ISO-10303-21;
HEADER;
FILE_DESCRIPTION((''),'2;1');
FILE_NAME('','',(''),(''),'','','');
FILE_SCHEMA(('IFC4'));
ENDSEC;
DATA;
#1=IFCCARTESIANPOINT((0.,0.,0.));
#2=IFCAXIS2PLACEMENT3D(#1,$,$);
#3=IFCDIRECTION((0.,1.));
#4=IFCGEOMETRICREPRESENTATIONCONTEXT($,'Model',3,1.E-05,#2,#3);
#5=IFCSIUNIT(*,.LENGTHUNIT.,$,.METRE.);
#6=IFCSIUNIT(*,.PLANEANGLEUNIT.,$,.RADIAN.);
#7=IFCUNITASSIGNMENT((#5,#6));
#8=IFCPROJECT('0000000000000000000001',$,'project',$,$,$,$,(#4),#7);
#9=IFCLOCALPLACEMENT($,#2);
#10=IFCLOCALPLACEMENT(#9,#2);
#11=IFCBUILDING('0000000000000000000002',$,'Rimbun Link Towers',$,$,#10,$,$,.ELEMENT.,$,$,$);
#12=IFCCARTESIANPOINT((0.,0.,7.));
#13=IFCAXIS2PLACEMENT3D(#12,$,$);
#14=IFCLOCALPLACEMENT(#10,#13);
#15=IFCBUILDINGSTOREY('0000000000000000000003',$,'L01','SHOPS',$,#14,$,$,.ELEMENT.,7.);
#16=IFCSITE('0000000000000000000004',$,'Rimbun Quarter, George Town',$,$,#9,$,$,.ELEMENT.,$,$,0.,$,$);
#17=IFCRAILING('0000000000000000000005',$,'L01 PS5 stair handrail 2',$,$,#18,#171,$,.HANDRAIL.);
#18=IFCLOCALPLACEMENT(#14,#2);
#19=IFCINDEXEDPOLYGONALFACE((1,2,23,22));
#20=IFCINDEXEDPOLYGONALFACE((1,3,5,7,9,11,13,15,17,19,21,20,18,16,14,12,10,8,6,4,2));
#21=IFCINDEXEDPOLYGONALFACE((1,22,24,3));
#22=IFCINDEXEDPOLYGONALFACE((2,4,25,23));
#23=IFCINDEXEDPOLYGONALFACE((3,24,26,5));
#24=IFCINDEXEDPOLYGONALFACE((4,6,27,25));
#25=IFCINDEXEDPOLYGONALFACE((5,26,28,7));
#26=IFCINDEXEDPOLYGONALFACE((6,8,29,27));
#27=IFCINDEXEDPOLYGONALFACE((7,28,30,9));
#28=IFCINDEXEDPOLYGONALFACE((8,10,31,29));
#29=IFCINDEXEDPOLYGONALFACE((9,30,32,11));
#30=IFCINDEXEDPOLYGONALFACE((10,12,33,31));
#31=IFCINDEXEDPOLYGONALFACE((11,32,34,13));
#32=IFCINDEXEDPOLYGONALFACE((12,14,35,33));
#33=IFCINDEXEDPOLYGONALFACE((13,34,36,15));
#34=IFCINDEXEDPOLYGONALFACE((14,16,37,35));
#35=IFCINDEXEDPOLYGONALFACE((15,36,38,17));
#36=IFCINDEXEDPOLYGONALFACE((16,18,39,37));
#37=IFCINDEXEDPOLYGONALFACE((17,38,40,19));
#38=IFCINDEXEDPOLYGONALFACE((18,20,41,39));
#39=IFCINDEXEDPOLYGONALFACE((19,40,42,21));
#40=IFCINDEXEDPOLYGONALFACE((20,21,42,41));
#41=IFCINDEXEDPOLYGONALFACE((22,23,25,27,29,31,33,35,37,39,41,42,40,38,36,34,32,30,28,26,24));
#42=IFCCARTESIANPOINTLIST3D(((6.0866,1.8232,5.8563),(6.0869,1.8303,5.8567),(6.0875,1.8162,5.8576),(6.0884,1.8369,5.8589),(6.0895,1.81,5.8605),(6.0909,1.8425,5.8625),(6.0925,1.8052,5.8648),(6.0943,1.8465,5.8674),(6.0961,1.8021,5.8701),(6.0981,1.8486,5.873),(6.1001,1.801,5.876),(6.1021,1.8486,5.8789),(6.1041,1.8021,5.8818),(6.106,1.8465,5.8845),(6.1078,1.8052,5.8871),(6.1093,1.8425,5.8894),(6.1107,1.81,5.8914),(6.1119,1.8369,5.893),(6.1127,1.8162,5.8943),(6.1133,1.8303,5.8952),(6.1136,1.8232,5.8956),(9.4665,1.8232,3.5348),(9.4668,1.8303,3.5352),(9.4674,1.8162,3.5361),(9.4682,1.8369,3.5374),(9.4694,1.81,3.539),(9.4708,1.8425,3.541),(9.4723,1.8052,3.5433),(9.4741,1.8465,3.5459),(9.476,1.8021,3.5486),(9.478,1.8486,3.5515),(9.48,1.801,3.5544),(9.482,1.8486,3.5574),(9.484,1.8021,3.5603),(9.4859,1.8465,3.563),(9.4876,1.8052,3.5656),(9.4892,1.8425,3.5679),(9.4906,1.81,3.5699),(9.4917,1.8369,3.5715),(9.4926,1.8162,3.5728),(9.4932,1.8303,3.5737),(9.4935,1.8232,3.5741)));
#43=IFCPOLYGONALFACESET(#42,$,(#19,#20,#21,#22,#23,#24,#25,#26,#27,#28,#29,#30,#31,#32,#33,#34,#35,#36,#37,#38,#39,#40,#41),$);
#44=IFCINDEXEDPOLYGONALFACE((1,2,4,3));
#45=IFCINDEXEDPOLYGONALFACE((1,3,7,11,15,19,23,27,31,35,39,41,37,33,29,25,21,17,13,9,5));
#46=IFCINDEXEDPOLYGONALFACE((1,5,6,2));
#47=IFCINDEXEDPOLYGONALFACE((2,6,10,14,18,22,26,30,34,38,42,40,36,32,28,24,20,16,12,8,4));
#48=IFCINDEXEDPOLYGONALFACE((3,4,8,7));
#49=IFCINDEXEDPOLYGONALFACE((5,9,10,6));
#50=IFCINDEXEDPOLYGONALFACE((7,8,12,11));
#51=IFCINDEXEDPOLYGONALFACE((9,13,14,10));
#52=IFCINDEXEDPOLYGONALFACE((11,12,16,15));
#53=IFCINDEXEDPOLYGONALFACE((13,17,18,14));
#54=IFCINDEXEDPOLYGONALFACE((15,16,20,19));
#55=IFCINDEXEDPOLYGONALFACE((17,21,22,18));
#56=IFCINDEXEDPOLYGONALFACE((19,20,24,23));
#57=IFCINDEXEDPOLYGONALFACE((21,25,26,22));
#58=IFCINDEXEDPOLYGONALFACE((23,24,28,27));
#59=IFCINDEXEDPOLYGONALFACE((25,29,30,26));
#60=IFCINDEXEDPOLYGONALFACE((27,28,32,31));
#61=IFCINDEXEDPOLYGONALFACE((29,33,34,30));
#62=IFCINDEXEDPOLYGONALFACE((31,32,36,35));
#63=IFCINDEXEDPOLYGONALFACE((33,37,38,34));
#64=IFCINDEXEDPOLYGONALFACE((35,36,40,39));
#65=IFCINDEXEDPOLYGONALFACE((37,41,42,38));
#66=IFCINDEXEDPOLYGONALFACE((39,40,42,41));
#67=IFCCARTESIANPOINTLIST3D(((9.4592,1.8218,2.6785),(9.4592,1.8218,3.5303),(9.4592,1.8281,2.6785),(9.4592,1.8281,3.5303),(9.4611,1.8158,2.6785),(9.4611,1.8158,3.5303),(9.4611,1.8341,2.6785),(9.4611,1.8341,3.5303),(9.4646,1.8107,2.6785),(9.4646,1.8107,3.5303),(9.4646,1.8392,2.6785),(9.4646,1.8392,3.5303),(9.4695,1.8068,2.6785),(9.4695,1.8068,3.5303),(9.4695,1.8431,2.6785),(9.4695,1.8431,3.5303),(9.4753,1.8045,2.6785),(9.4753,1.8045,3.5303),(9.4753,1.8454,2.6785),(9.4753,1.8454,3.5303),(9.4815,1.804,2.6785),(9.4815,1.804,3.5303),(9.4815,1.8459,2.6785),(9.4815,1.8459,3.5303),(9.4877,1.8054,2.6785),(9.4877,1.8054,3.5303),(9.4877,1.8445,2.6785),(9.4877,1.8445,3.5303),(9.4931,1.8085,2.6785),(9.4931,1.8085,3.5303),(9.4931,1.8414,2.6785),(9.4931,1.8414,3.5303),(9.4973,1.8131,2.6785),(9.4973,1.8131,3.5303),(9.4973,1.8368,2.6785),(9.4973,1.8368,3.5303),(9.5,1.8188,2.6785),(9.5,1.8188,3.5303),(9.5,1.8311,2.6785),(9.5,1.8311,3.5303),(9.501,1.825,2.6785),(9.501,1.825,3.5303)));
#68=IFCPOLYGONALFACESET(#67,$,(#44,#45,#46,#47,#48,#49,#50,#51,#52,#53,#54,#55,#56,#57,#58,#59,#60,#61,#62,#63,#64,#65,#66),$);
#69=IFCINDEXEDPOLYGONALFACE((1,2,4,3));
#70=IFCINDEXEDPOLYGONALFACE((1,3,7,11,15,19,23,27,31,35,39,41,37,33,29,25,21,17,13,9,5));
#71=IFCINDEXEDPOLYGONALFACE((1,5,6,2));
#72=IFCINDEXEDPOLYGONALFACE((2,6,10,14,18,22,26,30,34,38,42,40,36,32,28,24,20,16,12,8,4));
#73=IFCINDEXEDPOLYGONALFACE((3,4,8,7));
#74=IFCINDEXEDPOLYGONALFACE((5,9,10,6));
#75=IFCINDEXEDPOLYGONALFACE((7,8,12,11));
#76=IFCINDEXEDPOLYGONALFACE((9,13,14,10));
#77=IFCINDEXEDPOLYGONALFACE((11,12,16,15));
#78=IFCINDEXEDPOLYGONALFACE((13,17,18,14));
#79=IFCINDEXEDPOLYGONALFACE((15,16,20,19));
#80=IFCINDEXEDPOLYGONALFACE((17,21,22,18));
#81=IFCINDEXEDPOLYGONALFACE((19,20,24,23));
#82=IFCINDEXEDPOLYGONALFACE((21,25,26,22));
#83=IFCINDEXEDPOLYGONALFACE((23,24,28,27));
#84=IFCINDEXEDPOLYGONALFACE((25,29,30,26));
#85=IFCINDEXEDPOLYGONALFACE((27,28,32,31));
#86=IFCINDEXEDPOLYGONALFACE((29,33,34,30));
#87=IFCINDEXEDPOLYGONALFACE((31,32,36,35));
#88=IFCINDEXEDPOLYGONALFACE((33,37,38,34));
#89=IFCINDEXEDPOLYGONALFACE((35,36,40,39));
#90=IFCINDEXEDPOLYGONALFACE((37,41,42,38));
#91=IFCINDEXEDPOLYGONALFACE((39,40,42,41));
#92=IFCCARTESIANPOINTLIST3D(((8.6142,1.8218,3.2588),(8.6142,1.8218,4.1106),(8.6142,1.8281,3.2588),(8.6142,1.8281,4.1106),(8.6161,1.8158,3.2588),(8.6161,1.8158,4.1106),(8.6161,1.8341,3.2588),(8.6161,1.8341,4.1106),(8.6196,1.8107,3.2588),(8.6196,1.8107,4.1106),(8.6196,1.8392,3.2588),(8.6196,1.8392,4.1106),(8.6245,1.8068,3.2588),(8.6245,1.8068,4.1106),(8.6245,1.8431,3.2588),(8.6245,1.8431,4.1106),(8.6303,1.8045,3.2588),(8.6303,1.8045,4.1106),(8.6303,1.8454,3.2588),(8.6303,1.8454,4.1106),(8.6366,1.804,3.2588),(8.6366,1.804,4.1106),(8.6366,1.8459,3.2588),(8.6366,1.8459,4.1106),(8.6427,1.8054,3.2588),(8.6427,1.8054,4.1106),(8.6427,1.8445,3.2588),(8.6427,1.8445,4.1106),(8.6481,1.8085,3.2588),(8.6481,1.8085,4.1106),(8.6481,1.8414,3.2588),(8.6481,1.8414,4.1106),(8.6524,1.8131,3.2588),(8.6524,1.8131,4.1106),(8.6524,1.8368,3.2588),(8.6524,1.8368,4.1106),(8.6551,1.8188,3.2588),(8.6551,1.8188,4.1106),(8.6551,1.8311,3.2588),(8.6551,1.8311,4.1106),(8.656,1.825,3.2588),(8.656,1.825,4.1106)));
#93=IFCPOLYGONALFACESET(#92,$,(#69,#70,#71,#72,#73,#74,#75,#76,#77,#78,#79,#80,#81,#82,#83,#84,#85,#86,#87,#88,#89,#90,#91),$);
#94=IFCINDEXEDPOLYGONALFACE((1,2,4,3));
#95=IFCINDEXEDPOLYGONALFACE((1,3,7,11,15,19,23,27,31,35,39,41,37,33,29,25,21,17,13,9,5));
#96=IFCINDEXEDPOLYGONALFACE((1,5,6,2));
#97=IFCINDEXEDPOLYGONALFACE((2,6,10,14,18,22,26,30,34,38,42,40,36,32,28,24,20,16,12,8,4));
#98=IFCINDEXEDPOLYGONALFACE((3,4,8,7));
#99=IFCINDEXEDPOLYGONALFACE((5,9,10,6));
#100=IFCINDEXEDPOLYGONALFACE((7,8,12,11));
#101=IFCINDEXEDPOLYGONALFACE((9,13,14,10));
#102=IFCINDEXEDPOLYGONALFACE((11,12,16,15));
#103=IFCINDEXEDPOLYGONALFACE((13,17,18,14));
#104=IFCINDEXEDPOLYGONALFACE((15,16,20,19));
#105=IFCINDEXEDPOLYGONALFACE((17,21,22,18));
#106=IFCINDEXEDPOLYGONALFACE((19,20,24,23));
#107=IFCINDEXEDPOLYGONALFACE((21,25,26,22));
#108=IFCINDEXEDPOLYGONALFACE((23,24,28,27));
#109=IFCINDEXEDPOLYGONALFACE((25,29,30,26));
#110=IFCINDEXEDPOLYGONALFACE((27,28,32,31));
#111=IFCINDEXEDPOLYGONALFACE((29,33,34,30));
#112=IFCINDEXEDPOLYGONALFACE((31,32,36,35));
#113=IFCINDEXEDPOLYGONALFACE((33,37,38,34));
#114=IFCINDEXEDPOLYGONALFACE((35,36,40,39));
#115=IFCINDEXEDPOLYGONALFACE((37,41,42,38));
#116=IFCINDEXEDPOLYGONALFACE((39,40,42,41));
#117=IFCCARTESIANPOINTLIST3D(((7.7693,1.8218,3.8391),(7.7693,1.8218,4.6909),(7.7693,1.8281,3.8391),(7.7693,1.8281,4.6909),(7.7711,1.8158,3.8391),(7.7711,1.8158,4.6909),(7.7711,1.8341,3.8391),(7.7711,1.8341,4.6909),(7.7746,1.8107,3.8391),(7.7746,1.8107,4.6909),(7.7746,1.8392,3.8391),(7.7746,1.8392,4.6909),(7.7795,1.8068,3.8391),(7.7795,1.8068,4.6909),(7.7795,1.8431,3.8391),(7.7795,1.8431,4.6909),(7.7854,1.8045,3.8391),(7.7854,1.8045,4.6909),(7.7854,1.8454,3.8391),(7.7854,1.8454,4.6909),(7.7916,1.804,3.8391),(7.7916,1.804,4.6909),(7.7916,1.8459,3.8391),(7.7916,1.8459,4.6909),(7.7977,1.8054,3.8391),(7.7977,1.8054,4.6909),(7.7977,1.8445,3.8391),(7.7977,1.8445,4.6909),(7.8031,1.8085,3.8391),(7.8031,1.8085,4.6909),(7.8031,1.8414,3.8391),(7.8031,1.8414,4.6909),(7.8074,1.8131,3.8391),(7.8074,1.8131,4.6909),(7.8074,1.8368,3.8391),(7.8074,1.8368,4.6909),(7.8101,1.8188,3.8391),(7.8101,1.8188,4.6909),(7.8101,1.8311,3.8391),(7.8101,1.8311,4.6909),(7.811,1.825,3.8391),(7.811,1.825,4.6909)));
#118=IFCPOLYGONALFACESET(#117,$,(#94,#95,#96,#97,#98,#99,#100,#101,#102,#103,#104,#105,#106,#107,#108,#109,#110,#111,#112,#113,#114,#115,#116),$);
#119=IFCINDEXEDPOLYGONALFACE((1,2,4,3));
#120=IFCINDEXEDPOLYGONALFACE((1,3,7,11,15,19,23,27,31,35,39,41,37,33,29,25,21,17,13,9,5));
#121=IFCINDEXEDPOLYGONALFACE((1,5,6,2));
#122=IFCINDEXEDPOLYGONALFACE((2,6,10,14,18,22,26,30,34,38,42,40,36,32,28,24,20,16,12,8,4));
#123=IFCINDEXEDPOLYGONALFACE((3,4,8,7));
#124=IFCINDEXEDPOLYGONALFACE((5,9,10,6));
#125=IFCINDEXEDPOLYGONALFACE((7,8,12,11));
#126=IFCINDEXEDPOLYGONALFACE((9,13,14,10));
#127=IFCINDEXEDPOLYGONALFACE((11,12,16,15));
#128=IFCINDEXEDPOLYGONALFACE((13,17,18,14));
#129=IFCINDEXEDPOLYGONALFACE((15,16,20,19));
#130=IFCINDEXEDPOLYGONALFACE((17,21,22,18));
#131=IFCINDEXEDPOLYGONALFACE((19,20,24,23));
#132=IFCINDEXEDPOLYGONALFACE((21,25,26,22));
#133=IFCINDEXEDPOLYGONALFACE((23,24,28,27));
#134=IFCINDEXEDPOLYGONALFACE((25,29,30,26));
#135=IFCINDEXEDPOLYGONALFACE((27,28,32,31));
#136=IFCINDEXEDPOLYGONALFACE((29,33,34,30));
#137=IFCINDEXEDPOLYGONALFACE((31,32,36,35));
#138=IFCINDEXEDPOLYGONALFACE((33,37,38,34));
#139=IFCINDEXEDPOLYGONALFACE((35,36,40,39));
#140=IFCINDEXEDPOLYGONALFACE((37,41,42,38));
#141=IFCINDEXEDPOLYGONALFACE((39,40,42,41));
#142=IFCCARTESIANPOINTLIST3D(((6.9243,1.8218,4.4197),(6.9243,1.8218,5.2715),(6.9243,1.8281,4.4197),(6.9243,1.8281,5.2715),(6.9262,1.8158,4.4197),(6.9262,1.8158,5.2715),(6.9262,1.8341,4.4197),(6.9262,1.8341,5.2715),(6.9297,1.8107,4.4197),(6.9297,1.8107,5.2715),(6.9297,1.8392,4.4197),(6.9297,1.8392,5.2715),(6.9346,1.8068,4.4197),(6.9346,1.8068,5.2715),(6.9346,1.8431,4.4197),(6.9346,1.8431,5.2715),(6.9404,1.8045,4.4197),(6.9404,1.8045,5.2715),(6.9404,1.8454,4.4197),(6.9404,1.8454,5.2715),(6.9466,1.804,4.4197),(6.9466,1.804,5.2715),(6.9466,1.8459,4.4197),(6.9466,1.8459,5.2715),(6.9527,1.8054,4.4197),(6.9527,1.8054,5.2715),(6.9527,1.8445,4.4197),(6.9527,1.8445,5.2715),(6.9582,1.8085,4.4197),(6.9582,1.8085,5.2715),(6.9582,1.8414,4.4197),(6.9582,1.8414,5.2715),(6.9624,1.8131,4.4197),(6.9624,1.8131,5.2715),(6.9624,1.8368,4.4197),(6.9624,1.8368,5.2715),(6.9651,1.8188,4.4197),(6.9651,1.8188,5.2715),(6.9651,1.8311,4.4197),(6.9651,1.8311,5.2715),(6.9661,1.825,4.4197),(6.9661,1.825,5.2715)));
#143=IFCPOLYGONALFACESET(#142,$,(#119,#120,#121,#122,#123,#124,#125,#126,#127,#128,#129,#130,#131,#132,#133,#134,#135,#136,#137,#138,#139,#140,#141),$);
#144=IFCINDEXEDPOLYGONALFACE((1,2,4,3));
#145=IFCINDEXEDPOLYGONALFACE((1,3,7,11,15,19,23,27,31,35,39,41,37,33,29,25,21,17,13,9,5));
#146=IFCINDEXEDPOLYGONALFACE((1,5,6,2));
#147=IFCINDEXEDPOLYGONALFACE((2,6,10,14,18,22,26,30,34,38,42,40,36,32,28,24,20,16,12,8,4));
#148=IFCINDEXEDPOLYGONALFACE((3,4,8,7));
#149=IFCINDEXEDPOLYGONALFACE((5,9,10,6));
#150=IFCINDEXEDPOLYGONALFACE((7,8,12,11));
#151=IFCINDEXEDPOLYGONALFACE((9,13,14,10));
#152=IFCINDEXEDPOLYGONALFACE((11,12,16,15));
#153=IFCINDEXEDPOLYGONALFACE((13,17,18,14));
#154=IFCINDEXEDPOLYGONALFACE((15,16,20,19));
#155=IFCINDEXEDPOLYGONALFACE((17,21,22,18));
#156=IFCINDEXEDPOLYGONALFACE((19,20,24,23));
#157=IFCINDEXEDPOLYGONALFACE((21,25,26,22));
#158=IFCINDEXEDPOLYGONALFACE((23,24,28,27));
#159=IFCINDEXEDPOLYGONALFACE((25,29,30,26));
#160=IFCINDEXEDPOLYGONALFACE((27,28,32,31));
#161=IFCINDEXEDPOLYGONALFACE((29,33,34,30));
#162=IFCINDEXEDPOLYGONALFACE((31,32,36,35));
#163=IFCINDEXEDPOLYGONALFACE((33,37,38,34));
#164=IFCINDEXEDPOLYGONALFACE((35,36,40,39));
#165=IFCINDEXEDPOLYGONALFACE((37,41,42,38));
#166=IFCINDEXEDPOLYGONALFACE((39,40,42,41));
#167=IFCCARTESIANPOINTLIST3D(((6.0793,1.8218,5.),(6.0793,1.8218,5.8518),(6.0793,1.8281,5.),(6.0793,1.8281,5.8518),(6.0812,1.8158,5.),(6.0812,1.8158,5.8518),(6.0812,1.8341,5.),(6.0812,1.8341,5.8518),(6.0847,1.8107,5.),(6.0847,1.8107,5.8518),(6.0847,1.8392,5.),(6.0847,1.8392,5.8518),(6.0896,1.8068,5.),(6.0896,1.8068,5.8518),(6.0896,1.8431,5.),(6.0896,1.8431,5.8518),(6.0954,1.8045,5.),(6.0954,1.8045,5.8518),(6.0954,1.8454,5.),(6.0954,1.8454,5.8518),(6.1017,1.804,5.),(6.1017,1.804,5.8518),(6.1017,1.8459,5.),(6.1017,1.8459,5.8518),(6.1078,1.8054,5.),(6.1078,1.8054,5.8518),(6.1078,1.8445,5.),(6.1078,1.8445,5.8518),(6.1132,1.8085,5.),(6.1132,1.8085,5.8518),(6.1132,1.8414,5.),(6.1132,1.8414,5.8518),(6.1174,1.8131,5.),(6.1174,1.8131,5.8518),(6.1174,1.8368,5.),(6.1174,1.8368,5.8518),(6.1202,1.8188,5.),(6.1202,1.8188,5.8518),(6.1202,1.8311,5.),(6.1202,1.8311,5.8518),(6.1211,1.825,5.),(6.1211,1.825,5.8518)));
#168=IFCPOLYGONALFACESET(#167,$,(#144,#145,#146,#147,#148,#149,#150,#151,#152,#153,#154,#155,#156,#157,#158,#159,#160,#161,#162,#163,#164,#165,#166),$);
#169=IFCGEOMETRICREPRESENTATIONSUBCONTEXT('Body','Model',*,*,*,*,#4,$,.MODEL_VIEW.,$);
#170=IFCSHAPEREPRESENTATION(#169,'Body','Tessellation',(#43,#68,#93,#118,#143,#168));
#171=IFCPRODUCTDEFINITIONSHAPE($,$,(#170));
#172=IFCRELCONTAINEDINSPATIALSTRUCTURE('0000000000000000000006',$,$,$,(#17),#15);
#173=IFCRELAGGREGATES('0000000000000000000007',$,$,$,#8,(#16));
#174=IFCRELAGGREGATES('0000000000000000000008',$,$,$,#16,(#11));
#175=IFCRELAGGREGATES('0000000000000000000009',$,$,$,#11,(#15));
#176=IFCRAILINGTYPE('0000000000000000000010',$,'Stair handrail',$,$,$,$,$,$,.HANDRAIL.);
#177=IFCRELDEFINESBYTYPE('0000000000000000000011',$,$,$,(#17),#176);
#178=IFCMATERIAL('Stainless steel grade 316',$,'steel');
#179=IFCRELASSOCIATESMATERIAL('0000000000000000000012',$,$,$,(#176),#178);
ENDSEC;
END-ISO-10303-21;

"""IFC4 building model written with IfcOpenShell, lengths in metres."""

from ifc_helpers import new_model, si_unit, direction, frame, origin, origin_2d, place, context, subcontext, project, spatial, circle, extrude, material, type_object, element, save


model = new_model("IFC4")

# Units and contexts
model_context = context("Model", 3, precision=1e-05, world=origin(), true_north=direction((0.0, 1.0)))
body_context = subcontext(model_context, "Body", "Model", "MODEL_VIEW")
ifc_project = project(units=[si_unit("LENGTHUNIT", "METRE"), si_unit("PLANEANGLEUNIT", "RADIAN")], contexts=[model_context])

# Site, building, storey
site_placement = place(None, origin())
site = spatial("IfcSite", under=ifc_project, at=site_placement, Name="Rimbun Quarter, George Town", CompositionType="ELEMENT", RefElevation=0.0)
building_placement = place(site_placement, origin())
building = spatial("IfcBuilding", under=site, at=building_placement, Name="Rimbun Link Towers", CompositionType="ELEMENT")
storey_placement = place(building_placement, frame((0.0, 0.0, 7.0)))
storey = spatial("IfcBuildingStorey", under=building, at=storey_placement, Name="L01", Description="SHOPS", CompositionType="ELEMENT", Elevation=7.0)

# Railing
ifc_material_1 = material(Name="Stainless steel grade 316", Category="steel")
railing_type_1 = type_object("IfcRailingType", Name="Stair handrail", PredefinedType="HANDRAIL", material=ifc_material_1)
railing_1_placement = place(storey_placement, frame((9.48, 1.825, 2.6785)))
element("IfcRailing", 1, at=railing_1_placement, inside=storey, type_object=railing_type_1, Name="L01 PS5 stair handrail 2", PredefinedType="HANDRAIL", context=body_context, shape_type="SweptSolid", body=[
    extrude(circle(Radius=0.0239, at=origin_2d()), frame((0.0, 0.0, 0.876), z_axis=(-0.824285, 0.0, 0.566175), x_axis=(0.0, -1.0, 0.0)), (0.0, 0.0, 1.0), 4.1003),
    extrude(circle(Radius=0.021, at=origin_2d()), origin(), (0.0, 0.0, 1.0), 0.8518),
    extrude(circle(Radius=0.021, at=origin_2d()), frame((-0.845, 0.0, 0.5803)), (0.0, 0.0, 1.0), 0.8518),
    extrude(circle(Radius=0.021, at=origin_2d()), frame((-1.6899, 0.0, 1.1606)), (0.0, 0.0, 1.0), 0.8518),
    extrude(circle(Radius=0.021, at=origin_2d()), frame((-2.5349, 0.0, 1.7412)), (0.0, 0.0, 1.0), 0.8518),
    extrude(circle(Radius=0.021, at=origin_2d()), frame((-3.3799, 0.0, 2.3215)), (0.0, 0.0, 1.0), 0.8518),
])

save(model, "model.ifc")
